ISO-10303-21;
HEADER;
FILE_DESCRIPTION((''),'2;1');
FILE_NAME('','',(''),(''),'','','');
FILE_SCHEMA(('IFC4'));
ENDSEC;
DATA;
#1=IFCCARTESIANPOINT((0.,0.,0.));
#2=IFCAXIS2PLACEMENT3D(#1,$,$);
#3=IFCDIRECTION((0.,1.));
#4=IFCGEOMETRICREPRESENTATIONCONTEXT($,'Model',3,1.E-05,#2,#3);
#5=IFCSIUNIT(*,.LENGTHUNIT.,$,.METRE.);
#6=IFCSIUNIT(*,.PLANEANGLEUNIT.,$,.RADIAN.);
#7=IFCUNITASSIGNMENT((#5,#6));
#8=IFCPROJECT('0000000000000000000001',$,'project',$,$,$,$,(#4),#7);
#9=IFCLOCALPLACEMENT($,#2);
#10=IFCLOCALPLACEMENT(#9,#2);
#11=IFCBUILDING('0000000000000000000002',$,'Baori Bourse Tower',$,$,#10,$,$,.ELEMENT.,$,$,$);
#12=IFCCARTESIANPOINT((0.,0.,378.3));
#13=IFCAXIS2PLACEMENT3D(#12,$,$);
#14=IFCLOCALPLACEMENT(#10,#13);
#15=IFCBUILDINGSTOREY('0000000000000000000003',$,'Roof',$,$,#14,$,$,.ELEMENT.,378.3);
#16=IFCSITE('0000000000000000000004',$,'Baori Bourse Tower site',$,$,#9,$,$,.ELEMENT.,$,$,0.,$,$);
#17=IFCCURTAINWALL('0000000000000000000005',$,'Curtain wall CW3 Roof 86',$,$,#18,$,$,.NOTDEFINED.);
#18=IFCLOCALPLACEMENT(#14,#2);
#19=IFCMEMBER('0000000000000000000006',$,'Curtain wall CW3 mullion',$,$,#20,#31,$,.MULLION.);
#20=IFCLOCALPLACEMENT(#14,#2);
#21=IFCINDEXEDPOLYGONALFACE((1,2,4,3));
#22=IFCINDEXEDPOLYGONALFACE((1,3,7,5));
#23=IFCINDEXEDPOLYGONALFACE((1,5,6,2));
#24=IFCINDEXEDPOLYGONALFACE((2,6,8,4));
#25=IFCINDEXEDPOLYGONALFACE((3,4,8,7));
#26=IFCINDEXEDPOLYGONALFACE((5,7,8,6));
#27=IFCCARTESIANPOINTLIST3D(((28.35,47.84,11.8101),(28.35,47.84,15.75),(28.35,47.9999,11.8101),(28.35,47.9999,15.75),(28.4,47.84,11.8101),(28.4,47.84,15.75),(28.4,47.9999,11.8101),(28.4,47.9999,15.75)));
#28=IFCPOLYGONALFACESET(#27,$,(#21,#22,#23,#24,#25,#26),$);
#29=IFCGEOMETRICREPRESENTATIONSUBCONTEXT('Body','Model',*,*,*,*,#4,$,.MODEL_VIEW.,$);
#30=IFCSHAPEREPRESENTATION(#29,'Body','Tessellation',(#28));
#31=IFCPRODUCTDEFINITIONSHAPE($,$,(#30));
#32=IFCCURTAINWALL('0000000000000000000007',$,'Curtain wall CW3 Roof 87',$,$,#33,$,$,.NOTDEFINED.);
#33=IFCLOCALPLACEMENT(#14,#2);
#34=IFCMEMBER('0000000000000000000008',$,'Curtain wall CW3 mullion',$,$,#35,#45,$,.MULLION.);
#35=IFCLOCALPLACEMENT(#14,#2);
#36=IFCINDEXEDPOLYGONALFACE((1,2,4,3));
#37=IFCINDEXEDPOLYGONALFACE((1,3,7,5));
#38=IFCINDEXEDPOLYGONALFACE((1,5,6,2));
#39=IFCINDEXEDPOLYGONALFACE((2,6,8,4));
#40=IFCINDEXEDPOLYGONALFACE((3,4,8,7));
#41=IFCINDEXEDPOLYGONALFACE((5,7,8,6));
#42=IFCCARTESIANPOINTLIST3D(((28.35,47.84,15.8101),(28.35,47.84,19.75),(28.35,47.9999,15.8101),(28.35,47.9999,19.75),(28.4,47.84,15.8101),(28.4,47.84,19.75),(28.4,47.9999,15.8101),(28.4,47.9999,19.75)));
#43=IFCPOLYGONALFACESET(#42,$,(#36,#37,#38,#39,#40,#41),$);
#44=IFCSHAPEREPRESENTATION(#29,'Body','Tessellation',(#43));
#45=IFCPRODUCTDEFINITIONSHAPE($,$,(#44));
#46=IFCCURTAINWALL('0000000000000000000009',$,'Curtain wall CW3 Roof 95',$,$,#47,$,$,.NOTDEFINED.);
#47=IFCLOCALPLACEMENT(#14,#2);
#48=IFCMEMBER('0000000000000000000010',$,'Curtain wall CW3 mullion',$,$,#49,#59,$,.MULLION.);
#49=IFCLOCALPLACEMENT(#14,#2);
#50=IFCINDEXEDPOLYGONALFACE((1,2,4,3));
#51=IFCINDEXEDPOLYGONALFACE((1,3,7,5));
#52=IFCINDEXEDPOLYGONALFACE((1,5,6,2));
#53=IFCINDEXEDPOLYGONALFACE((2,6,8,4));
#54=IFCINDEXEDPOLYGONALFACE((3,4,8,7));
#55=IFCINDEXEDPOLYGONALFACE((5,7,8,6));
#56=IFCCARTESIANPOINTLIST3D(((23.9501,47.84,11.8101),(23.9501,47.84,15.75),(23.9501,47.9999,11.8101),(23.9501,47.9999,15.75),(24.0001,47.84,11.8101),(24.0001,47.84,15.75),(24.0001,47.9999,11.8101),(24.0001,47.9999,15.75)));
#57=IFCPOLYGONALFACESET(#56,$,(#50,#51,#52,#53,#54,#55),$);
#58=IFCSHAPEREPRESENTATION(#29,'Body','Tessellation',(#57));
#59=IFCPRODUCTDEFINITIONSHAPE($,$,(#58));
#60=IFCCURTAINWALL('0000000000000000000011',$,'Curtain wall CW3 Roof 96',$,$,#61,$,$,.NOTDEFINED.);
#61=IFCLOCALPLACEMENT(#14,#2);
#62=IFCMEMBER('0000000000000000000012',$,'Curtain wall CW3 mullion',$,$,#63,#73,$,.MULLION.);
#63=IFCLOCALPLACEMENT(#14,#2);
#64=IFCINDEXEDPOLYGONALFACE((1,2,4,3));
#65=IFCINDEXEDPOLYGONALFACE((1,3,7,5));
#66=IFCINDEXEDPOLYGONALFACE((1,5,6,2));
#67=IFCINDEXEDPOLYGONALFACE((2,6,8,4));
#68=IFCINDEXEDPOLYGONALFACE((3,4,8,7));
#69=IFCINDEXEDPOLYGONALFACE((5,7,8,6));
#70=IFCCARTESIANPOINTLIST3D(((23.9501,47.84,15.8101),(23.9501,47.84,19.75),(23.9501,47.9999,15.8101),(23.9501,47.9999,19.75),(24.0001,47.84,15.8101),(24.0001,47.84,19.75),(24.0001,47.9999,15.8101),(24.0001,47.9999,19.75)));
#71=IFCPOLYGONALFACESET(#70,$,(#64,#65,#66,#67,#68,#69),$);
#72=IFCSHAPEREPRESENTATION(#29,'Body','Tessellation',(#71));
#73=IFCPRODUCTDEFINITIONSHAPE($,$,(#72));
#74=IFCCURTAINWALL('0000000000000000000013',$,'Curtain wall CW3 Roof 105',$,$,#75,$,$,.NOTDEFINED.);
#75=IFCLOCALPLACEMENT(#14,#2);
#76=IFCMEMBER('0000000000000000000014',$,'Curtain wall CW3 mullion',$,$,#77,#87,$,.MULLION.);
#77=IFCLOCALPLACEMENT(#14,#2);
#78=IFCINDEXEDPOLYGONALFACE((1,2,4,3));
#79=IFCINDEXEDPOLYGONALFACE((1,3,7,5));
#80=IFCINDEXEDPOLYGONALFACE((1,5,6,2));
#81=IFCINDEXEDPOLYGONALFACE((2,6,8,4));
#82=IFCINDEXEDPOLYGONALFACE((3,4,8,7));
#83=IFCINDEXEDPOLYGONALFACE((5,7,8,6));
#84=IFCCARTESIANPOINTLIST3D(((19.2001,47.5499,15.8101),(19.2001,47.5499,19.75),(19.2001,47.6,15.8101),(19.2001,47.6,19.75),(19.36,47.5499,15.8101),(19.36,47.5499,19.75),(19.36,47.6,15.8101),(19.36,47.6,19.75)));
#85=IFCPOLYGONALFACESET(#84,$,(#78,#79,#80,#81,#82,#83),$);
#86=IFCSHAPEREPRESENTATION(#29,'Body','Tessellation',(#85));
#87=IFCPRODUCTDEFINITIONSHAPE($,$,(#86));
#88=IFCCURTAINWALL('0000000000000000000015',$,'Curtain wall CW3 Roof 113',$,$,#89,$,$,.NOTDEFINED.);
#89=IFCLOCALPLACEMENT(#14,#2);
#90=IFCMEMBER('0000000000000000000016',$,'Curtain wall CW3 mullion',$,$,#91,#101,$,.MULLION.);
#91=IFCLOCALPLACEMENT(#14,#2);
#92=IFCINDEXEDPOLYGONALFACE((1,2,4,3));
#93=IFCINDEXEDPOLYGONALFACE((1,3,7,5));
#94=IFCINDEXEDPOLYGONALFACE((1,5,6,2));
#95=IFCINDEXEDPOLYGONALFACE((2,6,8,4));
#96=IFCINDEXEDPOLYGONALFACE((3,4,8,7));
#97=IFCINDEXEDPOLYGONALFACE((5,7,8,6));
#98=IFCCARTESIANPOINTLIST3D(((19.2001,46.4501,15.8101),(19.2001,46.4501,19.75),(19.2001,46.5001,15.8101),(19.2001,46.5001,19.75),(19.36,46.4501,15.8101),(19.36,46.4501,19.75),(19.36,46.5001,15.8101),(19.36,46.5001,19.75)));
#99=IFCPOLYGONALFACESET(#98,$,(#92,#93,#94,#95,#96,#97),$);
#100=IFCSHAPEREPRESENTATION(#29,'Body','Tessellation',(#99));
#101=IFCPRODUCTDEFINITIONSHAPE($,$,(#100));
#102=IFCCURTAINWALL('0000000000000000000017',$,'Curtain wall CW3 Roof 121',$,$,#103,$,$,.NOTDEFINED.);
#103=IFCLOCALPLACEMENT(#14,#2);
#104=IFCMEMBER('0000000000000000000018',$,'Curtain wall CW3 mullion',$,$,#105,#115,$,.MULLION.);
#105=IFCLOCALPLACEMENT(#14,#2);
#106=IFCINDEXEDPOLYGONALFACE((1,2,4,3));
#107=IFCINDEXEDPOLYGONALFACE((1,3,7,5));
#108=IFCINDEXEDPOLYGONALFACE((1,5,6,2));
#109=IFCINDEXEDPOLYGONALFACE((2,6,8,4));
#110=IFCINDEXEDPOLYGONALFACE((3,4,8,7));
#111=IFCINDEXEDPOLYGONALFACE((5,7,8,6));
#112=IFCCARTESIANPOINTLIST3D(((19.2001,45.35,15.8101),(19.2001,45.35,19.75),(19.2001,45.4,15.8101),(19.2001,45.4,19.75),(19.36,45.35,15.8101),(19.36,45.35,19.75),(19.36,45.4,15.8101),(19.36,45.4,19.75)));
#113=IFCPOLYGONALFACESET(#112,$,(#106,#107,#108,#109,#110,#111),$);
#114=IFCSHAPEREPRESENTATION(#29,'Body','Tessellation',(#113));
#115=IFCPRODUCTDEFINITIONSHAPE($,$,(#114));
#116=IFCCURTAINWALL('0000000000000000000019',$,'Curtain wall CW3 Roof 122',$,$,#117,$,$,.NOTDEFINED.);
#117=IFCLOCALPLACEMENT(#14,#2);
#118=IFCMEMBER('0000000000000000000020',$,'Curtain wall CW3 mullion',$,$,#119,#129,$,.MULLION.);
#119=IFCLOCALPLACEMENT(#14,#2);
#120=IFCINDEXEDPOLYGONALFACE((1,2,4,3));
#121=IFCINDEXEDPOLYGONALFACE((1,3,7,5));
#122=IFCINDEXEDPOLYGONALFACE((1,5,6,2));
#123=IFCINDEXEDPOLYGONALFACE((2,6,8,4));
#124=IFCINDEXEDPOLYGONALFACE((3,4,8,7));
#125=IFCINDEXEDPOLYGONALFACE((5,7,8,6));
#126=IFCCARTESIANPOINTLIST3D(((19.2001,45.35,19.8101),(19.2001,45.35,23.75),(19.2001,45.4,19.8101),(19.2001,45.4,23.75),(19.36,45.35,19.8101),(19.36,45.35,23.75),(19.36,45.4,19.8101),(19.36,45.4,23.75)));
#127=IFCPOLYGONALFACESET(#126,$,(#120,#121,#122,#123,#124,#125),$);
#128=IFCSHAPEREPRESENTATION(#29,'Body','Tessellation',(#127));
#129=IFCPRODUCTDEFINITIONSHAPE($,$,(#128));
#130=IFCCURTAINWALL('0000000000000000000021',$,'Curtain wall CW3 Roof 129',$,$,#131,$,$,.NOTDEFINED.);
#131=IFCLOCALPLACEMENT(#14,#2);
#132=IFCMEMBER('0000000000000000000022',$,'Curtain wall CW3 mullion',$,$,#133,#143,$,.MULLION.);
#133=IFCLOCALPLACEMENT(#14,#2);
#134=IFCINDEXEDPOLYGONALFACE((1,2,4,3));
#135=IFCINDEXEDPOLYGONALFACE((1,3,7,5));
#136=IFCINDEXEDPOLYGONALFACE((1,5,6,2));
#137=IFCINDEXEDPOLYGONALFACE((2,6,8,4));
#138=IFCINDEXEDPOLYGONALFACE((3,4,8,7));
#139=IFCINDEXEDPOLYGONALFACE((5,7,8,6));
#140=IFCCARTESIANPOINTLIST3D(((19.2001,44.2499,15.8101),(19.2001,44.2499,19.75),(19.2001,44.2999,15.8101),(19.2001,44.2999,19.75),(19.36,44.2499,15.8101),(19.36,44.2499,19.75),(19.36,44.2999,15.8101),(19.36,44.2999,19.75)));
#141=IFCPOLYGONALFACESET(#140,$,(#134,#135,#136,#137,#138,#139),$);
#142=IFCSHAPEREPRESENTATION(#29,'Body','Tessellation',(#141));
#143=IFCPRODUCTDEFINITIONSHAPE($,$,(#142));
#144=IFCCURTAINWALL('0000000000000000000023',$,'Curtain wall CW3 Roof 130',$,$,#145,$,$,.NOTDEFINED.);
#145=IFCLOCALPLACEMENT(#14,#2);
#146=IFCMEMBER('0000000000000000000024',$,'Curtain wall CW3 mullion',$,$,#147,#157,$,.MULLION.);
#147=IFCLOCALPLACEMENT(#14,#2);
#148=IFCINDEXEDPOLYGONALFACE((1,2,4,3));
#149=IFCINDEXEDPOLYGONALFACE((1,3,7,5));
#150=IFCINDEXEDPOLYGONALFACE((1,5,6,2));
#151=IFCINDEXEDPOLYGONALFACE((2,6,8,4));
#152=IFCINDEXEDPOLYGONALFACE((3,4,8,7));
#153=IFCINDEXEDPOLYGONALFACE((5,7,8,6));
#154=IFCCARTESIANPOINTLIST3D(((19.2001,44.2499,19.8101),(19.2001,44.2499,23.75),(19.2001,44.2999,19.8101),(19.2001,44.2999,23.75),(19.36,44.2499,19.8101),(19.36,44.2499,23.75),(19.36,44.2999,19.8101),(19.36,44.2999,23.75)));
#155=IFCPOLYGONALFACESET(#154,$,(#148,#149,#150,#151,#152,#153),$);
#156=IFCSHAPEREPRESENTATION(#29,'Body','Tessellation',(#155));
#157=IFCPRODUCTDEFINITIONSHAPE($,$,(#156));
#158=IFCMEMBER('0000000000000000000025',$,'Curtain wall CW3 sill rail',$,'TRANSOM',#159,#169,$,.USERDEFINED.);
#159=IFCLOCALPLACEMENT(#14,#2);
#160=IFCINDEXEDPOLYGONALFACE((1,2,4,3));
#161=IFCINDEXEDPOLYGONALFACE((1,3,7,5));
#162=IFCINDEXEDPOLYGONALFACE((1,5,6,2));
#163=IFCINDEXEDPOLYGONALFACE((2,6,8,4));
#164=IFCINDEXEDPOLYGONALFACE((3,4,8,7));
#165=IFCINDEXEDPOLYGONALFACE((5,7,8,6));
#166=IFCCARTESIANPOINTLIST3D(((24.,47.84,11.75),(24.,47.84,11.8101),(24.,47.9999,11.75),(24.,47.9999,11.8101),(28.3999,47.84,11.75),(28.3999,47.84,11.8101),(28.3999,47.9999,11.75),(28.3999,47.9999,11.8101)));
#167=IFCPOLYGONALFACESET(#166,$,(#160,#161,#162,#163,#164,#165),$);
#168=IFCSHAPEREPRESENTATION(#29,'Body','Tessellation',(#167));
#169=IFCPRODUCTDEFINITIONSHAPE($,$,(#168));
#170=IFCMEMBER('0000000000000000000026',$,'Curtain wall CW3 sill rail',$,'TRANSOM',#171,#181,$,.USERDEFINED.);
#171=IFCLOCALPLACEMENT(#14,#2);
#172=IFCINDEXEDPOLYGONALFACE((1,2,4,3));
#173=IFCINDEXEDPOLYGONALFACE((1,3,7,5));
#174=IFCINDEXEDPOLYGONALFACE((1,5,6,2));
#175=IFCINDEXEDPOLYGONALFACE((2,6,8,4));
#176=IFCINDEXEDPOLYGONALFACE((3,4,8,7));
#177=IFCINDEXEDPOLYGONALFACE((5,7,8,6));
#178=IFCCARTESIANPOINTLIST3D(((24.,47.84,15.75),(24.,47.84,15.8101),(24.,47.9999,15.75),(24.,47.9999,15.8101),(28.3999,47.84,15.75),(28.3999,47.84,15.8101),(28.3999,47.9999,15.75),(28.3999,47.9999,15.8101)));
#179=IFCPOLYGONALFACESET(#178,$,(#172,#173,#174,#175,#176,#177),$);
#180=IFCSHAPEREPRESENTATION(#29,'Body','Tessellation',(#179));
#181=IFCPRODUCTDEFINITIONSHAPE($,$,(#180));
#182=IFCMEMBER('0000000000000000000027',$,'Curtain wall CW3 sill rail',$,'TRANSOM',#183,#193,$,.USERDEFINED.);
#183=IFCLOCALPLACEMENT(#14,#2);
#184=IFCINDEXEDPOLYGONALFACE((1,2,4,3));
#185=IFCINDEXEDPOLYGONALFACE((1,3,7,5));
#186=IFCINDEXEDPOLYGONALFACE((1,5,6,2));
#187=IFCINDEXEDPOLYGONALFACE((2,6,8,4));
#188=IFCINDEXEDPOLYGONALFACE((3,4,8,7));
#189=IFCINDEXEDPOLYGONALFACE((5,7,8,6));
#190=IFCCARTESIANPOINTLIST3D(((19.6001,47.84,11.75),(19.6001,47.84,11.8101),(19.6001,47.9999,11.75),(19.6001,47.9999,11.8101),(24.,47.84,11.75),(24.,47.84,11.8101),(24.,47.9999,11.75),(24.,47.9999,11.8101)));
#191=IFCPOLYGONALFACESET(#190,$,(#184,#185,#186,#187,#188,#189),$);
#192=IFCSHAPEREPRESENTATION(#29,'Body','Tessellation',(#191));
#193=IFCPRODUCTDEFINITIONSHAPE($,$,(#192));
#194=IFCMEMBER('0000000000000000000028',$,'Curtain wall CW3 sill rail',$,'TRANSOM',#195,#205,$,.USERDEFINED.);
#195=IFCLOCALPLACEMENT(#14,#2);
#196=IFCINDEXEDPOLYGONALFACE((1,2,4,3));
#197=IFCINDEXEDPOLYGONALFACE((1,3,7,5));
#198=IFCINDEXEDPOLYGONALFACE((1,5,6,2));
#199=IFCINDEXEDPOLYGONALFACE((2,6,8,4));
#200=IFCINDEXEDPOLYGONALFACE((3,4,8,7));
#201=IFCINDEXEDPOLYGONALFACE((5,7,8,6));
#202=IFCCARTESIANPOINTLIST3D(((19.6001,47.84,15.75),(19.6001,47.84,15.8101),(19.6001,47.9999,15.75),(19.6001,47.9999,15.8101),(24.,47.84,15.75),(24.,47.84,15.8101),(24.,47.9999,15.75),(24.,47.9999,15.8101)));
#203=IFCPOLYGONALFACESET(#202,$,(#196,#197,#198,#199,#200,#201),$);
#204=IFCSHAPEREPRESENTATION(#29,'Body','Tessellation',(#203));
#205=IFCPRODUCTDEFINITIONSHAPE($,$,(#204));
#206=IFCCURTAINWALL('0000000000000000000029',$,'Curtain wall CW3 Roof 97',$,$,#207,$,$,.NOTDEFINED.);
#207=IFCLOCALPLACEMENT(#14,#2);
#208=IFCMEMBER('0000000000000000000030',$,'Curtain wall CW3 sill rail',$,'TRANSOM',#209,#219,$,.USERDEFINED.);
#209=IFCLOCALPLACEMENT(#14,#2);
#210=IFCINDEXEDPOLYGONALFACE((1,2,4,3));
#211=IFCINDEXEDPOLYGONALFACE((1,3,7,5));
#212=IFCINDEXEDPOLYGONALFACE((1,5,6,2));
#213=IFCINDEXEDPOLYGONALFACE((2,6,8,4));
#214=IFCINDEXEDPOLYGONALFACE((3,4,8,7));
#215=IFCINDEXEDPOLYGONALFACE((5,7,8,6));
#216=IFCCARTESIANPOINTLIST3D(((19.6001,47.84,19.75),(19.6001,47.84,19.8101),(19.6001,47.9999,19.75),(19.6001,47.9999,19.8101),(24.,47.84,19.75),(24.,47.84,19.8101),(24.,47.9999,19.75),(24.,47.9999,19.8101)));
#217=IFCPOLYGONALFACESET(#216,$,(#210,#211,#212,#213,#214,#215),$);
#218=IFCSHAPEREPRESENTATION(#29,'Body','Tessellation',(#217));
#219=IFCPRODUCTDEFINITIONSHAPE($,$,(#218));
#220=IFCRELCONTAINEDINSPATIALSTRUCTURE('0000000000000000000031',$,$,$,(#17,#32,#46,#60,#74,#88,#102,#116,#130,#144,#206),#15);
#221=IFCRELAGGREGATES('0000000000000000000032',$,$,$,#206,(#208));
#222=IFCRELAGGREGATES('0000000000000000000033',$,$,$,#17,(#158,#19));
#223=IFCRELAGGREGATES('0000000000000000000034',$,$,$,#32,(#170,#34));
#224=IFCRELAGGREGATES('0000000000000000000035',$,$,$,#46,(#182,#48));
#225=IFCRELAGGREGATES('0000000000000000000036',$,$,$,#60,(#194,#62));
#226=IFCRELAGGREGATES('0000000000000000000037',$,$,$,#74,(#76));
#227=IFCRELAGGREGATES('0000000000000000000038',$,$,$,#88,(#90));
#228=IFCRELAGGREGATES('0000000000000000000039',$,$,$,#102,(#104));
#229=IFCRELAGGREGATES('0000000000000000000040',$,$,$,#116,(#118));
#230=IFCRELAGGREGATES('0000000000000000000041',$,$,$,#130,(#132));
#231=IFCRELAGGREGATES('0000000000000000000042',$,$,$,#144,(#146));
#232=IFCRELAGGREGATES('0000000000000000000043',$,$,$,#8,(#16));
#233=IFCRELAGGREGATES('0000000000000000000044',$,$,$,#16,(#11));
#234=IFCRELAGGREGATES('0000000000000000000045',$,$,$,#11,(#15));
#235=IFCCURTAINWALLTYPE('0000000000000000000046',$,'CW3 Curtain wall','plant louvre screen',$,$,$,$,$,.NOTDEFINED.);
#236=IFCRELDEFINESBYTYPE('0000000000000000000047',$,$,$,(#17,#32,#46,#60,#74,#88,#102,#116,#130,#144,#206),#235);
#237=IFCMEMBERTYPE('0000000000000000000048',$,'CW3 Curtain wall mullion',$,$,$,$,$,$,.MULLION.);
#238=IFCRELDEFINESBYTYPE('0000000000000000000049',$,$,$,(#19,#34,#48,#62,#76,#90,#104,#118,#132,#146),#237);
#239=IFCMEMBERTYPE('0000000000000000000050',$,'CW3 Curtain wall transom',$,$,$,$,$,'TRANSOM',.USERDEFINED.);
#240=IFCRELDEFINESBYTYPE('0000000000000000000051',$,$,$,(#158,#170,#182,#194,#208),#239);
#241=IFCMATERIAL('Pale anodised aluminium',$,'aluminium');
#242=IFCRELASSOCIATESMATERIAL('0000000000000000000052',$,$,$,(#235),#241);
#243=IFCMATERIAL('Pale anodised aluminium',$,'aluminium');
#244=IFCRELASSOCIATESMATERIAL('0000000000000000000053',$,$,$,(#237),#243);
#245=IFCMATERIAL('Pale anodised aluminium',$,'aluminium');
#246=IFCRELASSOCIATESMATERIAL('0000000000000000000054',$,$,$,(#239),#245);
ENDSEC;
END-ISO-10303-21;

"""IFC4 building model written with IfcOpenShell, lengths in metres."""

from ifc_helpers import new_model, si_unit, direction, frame, origin, origin_2d, place, context, subcontext, project, spatial, rectangle, extrude, material, material_profile, profile_set, type_object, element, aggregate, save


model = new_model("IFC4")

# Units and contexts
model_context = context("Model", 3, precision=1e-05, world=origin(), true_north=direction((0.0, 1.0)))
body_context = subcontext(model_context, "Body", "Model", "MODEL_VIEW")
ifc_project = project(units=[si_unit("LENGTHUNIT", "METRE"), si_unit("PLANEANGLEUNIT", "RADIAN")], contexts=[model_context])

# Site, building, storey
site_placement = place(None, origin())
site = spatial("IfcSite", under=ifc_project, at=site_placement, Name="Baori Bourse Tower site", CompositionType="ELEMENT", RefElevation=0.0)
building_placement = place(site_placement, origin())
building = spatial("IfcBuilding", under=site, at=building_placement, Name="Baori Bourse Tower", CompositionType="ELEMENT")
storey_placement = place(building_placement, frame((0.0, 0.0, 378.3)))
storey = spatial("IfcBuildingStorey", under=building, at=storey_placement, Name="Roof", CompositionType="ELEMENT", Elevation=378.3)

# Curtain walls, members
ifc_material_1 = material(Name="Pale anodised aluminium", Category="aluminium")
curtain_wall_type = type_object("IfcCurtainWallType", Name="CW3 Curtain wall", Description="plant louvre screen", PredefinedType="NOTDEFINED", material=ifc_material_1)
curtain_wall_1_placement = place(storey_placement, origin())
curtain_wall_1 = element("IfcCurtainWall", 1, at=curtain_wall_1_placement, inside=storey, type_object=curtain_wall_type, Name="Curtain wall CW3 Roof 86", PredefinedType="NOTDEFINED")
ifc_material_2 = material(Name="Pale anodised aluminium", Category="aluminium")
ifc_material_profile_1 = material_profile(ifc_material_2, rectangle(XDim=0.1599, YDim=0.05, at=origin_2d()), Name="Mullion 50x160")
ifc_profile_set_1 = profile_set([ifc_material_profile_1], Name="Pale anodised aluminium")
member_type_1 = type_object("IfcMemberType", Name="CW3 Curtain wall mullion", PredefinedType="MULLION", material=ifc_profile_set_1)
member_1_placement = place(storey_placement, frame((28.375, 47.9199, 11.8101), z_axis=(0.0, 0.0, 1.0), x_axis=(0.0, -1.0, 0.0)))
member_1 = element("IfcMember", 2, at=member_1_placement, type_object=member_type_1, Name="Curtain wall CW3 mullion", PredefinedType="MULLION", context=body_context, shape_type="SweptSolid", body=[
    extrude(rectangle(XDim=0.1599, YDim=0.05, at=origin_2d()), origin(), (0.0, 0.0, 1.0), 3.9399),
])
curtain_wall_2_placement = place(storey_placement, origin())
curtain_wall_2 = element("IfcCurtainWall", 3, at=curtain_wall_2_placement, inside=storey, type_object=curtain_wall_type, Name="Curtain wall CW3 Roof 87", PredefinedType="NOTDEFINED")
member_2_placement = place(storey_placement, frame((28.375, 47.9199, 15.8101), z_axis=(0.0, 0.0, 1.0), x_axis=(0.0, -1.0, 0.0)))
member_2 = element("IfcMember", 4, at=member_2_placement, type_object=member_type_1, Name="Curtain wall CW3 mullion", PredefinedType="MULLION", context=body_context, shape_type="SweptSolid", body=[
    extrude(rectangle(XDim=0.1599, YDim=0.05, at=origin_2d()), origin(), (0.0, 0.0, 1.0), 3.9399),
])
curtain_wall_3_placement = place(storey_placement, origin())
curtain_wall_3 = element("IfcCurtainWall", 5, at=curtain_wall_3_placement, inside=storey, type_object=curtain_wall_type, Name="Curtain wall CW3 Roof 95", PredefinedType="NOTDEFINED")
member_3_placement = place(storey_placement, frame((23.9751, 47.9199, 11.8101), z_axis=(0.0, 0.0, 1.0), x_axis=(0.0, -1.0, 0.0)))
member_3 = element("IfcMember", 6, at=member_3_placement, type_object=member_type_1, Name="Curtain wall CW3 mullion", PredefinedType="MULLION", context=body_context, shape_type="SweptSolid", body=[
    extrude(rectangle(XDim=0.1599, YDim=0.05, at=origin_2d()), origin(), (0.0, 0.0, 1.0), 3.9399),
])
curtain_wall_4_placement = place(storey_placement, origin())
curtain_wall_4 = element("IfcCurtainWall", 7, at=curtain_wall_4_placement, inside=storey, type_object=curtain_wall_type, Name="Curtain wall CW3 Roof 96", PredefinedType="NOTDEFINED")
member_4_placement = place(storey_placement, frame((23.9751, 47.9199, 15.8101), z_axis=(0.0, 0.0, 1.0), x_axis=(0.0, -1.0, 0.0)))
member_4 = element("IfcMember", 8, at=member_4_placement, type_object=member_type_1, Name="Curtain wall CW3 mullion", PredefinedType="MULLION", context=body_context, shape_type="SweptSolid", body=[
    extrude(rectangle(XDim=0.1599, YDim=0.05, at=origin_2d()), origin(), (0.0, 0.0, 1.0), 3.9399),
])
curtain_wall_5_placement = place(storey_placement, origin())
curtain_wall_5 = element("IfcCurtainWall", 9, at=curtain_wall_5_placement, inside=storey, type_object=curtain_wall_type, Name="Curtain wall CW3 Roof 105", PredefinedType="NOTDEFINED")
member_5_placement = place(storey_placement, frame((19.28, 47.575, 15.8101), z_axis=(0.0, 0.0, 1.0), x_axis=(1.0, 0.0, 0.0)))
member_5 = element("IfcMember", 10, at=member_5_placement, type_object=member_type_1, Name="Curtain wall CW3 mullion", PredefinedType="MULLION", context=body_context, shape_type="SweptSolid", body=[
    extrude(rectangle(XDim=0.1599, YDim=0.05, at=origin_2d()), origin(), (0.0, 0.0, 1.0), 3.9399),
])
curtain_wall_6_placement = place(storey_placement, origin())
curtain_wall_6 = element("IfcCurtainWall", 11, at=curtain_wall_6_placement, inside=storey, type_object=curtain_wall_type, Name="Curtain wall CW3 Roof 113", PredefinedType="NOTDEFINED")
member_6_placement = place(storey_placement, frame((19.28, 46.4751, 15.8101), z_axis=(0.0, 0.0, 1.0), x_axis=(1.0, 0.0, 0.0)))
member_6 = element("IfcMember", 12, at=member_6_placement, type_object=member_type_1, Name="Curtain wall CW3 mullion", PredefinedType="MULLION", context=body_context, shape_type="SweptSolid", body=[
    extrude(rectangle(XDim=0.1599, YDim=0.05, at=origin_2d()), origin(), (0.0, 0.0, 1.0), 3.9399),
])
curtain_wall_7_placement = place(storey_placement, origin())
curtain_wall_7 = element("IfcCurtainWall", 13, at=curtain_wall_7_placement, inside=storey, type_object=curtain_wall_type, Name="Curtain wall CW3 Roof 121", PredefinedType="NOTDEFINED")
member_7_placement = place(storey_placement, frame((19.28, 45.375, 15.8101), z_axis=(0.0, 0.0, 1.0), x_axis=(1.0, 0.0, 0.0)))
member_7 = element("IfcMember", 14, at=member_7_placement, type_object=member_type_1, Name="Curtain wall CW3 mullion", PredefinedType="MULLION", context=body_context, shape_type="SweptSolid", body=[
    extrude(rectangle(XDim=0.1599, YDim=0.05, at=origin_2d()), origin(), (0.0, 0.0, 1.0), 3.9399),
])
curtain_wall_8_placement = place(storey_placement, origin())
curtain_wall_8 = element("IfcCurtainWall", 15, at=curtain_wall_8_placement, inside=storey, type_object=curtain_wall_type, Name="Curtain wall CW3 Roof 122", PredefinedType="NOTDEFINED")
member_8_placement = place(storey_placement, frame((19.28, 45.375, 19.8101), z_axis=(0.0, 0.0, 1.0), x_axis=(1.0, 0.0, 0.0)))
member_8 = element("IfcMember", 16, at=member_8_placement, type_object=member_type_1, Name="Curtain wall CW3 mullion", PredefinedType="MULLION", context=body_context, shape_type="SweptSolid", body=[
    extrude(rectangle(XDim=0.1599, YDim=0.05, at=origin_2d()), origin(), (0.0, 0.0, 1.0), 3.9399),
])
curtain_wall_9_placement = place(storey_placement, origin())
curtain_wall_9 = element("IfcCurtainWall", 17, at=curtain_wall_9_placement, inside=storey, type_object=curtain_wall_type, Name="Curtain wall CW3 Roof 129", PredefinedType="NOTDEFINED")
member_9_placement = place(storey_placement, frame((19.28, 44.2749, 15.8101), z_axis=(0.0, 0.0, 1.0), x_axis=(1.0, 0.0, 0.0)))
member_9 = element("IfcMember", 18, at=member_9_placement, type_object=member_type_1, Name="Curtain wall CW3 mullion", PredefinedType="MULLION", context=body_context, shape_type="SweptSolid", body=[
    extrude(rectangle(XDim=0.1599, YDim=0.05, at=origin_2d()), origin(), (0.0, 0.0, 1.0), 3.9399),
])
curtain_wall_10_placement = place(storey_placement, origin())
curtain_wall_10 = element("IfcCurtainWall", 19, at=curtain_wall_10_placement, inside=storey, type_object=curtain_wall_type, Name="Curtain wall CW3 Roof 130", PredefinedType="NOTDEFINED")
member_10_placement = place(storey_placement, frame((19.28, 44.2749, 19.8101), z_axis=(0.0, 0.0, 1.0), x_axis=(1.0, 0.0, 0.0)))
member_10 = element("IfcMember", 20, at=member_10_placement, type_object=member_type_1, Name="Curtain wall CW3 mullion", PredefinedType="MULLION", context=body_context, shape_type="SweptSolid", body=[
    extrude(rectangle(XDim=0.1599, YDim=0.05, at=origin_2d()), origin(), (0.0, 0.0, 1.0), 3.9399),
])

# Members
ifc_material_3 = material(Name="Pale anodised aluminium", Category="aluminium")
ifc_material_profile_2 = material_profile(ifc_material_3, rectangle(XDim=0.1599, YDim=0.0601, at=origin_2d()), Name="Transom 60x160")
ifc_profile_set_2 = profile_set([ifc_material_profile_2], Name="Pale anodised aluminium")
member_type_2 = type_object("IfcMemberType", Name="CW3 Curtain wall transom", ElementType="TRANSOM", PredefinedType="USERDEFINED", material=ifc_profile_set_2)
member_11_placement = place(storey_placement, frame((28.3999, 47.9199, 11.78), z_axis=(-1.0, 0.0, 0.0), x_axis=(0.0, -1.0, 0.0)))
member_11 = element("IfcMember", 21, at=member_11_placement, type_object=member_type_2, Name="Curtain wall CW3 sill rail", ObjectType="TRANSOM", PredefinedType="USERDEFINED", context=body_context, shape_type="SweptSolid", body=[
    extrude(rectangle(XDim=0.1599, YDim=0.0601, at=origin_2d()), origin(), (0.0, 0.0, 1.0), 4.3999),
])
member_12_placement = place(storey_placement, frame((28.3999, 47.9199, 15.78), z_axis=(-1.0, 0.0, 0.0), x_axis=(0.0, -1.0, 0.0)))
member_12 = element("IfcMember", 22, at=member_12_placement, type_object=member_type_2, Name="Curtain wall CW3 sill rail", ObjectType="TRANSOM", PredefinedType="USERDEFINED", context=body_context, shape_type="SweptSolid", body=[
    extrude(rectangle(XDim=0.1599, YDim=0.0601, at=origin_2d()), origin(), (0.0, 0.0, 1.0), 4.3999),
])
member_13_placement = place(storey_placement, frame((24.0, 47.9199, 11.78), z_axis=(-1.0, 0.0, 0.0), x_axis=(0.0, -1.0, 0.0)))
member_13 = element("IfcMember", 23, at=member_13_placement, type_object=member_type_2, Name="Curtain wall CW3 sill rail", ObjectType="TRANSOM", PredefinedType="USERDEFINED", context=body_context, shape_type="SweptSolid", body=[
    extrude(rectangle(XDim=0.1599, YDim=0.0601, at=origin_2d()), origin(), (0.0, 0.0, 1.0), 4.3999),
])
member_14_placement = place(storey_placement, frame((24.0, 47.9199, 15.78), z_axis=(-1.0, 0.0, 0.0), x_axis=(0.0, -1.0, 0.0)))
member_14 = element("IfcMember", 24, at=member_14_placement, type_object=member_type_2, Name="Curtain wall CW3 sill rail", ObjectType="TRANSOM", PredefinedType="USERDEFINED", context=body_context, shape_type="SweptSolid", body=[
    extrude(rectangle(XDim=0.1599, YDim=0.0601, at=origin_2d()), origin(), (0.0, 0.0, 1.0), 4.3999),
])

# Curtain wall, member
curtain_wall_11_placement = place(storey_placement, origin())
curtain_wall_11 = element("IfcCurtainWall", 25, at=curtain_wall_11_placement, inside=storey, type_object=curtain_wall_type, Name="Curtain wall CW3 Roof 97", PredefinedType="NOTDEFINED")
member_15_placement = place(storey_placement, frame((24.0, 47.9199, 19.78), z_axis=(-1.0, 0.0, 0.0), x_axis=(0.0, -1.0, 0.0)))
member_15 = element("IfcMember", 26, at=member_15_placement, type_object=member_type_2, Name="Curtain wall CW3 sill rail", ObjectType="TRANSOM", PredefinedType="USERDEFINED", context=body_context, shape_type="SweptSolid", body=[
    extrude(rectangle(XDim=0.1599, YDim=0.0601, at=origin_2d()), origin(), (0.0, 0.0, 1.0), 4.3999),
])
aggregate(curtain_wall_11, [member_15])

aggregate(curtain_wall_1, [member_11, member_1])
aggregate(curtain_wall_2, [member_12, member_2])
aggregate(curtain_wall_3, [member_13, member_3])
aggregate(curtain_wall_4, [member_14, member_4])
aggregate(curtain_wall_5, [member_5])
aggregate(curtain_wall_6, [member_6])
aggregate(curtain_wall_7, [member_7])
aggregate(curtain_wall_8, [member_8])
aggregate(curtain_wall_9, [member_9])
aggregate(curtain_wall_10, [member_10])

save(model, "model.ifc")
